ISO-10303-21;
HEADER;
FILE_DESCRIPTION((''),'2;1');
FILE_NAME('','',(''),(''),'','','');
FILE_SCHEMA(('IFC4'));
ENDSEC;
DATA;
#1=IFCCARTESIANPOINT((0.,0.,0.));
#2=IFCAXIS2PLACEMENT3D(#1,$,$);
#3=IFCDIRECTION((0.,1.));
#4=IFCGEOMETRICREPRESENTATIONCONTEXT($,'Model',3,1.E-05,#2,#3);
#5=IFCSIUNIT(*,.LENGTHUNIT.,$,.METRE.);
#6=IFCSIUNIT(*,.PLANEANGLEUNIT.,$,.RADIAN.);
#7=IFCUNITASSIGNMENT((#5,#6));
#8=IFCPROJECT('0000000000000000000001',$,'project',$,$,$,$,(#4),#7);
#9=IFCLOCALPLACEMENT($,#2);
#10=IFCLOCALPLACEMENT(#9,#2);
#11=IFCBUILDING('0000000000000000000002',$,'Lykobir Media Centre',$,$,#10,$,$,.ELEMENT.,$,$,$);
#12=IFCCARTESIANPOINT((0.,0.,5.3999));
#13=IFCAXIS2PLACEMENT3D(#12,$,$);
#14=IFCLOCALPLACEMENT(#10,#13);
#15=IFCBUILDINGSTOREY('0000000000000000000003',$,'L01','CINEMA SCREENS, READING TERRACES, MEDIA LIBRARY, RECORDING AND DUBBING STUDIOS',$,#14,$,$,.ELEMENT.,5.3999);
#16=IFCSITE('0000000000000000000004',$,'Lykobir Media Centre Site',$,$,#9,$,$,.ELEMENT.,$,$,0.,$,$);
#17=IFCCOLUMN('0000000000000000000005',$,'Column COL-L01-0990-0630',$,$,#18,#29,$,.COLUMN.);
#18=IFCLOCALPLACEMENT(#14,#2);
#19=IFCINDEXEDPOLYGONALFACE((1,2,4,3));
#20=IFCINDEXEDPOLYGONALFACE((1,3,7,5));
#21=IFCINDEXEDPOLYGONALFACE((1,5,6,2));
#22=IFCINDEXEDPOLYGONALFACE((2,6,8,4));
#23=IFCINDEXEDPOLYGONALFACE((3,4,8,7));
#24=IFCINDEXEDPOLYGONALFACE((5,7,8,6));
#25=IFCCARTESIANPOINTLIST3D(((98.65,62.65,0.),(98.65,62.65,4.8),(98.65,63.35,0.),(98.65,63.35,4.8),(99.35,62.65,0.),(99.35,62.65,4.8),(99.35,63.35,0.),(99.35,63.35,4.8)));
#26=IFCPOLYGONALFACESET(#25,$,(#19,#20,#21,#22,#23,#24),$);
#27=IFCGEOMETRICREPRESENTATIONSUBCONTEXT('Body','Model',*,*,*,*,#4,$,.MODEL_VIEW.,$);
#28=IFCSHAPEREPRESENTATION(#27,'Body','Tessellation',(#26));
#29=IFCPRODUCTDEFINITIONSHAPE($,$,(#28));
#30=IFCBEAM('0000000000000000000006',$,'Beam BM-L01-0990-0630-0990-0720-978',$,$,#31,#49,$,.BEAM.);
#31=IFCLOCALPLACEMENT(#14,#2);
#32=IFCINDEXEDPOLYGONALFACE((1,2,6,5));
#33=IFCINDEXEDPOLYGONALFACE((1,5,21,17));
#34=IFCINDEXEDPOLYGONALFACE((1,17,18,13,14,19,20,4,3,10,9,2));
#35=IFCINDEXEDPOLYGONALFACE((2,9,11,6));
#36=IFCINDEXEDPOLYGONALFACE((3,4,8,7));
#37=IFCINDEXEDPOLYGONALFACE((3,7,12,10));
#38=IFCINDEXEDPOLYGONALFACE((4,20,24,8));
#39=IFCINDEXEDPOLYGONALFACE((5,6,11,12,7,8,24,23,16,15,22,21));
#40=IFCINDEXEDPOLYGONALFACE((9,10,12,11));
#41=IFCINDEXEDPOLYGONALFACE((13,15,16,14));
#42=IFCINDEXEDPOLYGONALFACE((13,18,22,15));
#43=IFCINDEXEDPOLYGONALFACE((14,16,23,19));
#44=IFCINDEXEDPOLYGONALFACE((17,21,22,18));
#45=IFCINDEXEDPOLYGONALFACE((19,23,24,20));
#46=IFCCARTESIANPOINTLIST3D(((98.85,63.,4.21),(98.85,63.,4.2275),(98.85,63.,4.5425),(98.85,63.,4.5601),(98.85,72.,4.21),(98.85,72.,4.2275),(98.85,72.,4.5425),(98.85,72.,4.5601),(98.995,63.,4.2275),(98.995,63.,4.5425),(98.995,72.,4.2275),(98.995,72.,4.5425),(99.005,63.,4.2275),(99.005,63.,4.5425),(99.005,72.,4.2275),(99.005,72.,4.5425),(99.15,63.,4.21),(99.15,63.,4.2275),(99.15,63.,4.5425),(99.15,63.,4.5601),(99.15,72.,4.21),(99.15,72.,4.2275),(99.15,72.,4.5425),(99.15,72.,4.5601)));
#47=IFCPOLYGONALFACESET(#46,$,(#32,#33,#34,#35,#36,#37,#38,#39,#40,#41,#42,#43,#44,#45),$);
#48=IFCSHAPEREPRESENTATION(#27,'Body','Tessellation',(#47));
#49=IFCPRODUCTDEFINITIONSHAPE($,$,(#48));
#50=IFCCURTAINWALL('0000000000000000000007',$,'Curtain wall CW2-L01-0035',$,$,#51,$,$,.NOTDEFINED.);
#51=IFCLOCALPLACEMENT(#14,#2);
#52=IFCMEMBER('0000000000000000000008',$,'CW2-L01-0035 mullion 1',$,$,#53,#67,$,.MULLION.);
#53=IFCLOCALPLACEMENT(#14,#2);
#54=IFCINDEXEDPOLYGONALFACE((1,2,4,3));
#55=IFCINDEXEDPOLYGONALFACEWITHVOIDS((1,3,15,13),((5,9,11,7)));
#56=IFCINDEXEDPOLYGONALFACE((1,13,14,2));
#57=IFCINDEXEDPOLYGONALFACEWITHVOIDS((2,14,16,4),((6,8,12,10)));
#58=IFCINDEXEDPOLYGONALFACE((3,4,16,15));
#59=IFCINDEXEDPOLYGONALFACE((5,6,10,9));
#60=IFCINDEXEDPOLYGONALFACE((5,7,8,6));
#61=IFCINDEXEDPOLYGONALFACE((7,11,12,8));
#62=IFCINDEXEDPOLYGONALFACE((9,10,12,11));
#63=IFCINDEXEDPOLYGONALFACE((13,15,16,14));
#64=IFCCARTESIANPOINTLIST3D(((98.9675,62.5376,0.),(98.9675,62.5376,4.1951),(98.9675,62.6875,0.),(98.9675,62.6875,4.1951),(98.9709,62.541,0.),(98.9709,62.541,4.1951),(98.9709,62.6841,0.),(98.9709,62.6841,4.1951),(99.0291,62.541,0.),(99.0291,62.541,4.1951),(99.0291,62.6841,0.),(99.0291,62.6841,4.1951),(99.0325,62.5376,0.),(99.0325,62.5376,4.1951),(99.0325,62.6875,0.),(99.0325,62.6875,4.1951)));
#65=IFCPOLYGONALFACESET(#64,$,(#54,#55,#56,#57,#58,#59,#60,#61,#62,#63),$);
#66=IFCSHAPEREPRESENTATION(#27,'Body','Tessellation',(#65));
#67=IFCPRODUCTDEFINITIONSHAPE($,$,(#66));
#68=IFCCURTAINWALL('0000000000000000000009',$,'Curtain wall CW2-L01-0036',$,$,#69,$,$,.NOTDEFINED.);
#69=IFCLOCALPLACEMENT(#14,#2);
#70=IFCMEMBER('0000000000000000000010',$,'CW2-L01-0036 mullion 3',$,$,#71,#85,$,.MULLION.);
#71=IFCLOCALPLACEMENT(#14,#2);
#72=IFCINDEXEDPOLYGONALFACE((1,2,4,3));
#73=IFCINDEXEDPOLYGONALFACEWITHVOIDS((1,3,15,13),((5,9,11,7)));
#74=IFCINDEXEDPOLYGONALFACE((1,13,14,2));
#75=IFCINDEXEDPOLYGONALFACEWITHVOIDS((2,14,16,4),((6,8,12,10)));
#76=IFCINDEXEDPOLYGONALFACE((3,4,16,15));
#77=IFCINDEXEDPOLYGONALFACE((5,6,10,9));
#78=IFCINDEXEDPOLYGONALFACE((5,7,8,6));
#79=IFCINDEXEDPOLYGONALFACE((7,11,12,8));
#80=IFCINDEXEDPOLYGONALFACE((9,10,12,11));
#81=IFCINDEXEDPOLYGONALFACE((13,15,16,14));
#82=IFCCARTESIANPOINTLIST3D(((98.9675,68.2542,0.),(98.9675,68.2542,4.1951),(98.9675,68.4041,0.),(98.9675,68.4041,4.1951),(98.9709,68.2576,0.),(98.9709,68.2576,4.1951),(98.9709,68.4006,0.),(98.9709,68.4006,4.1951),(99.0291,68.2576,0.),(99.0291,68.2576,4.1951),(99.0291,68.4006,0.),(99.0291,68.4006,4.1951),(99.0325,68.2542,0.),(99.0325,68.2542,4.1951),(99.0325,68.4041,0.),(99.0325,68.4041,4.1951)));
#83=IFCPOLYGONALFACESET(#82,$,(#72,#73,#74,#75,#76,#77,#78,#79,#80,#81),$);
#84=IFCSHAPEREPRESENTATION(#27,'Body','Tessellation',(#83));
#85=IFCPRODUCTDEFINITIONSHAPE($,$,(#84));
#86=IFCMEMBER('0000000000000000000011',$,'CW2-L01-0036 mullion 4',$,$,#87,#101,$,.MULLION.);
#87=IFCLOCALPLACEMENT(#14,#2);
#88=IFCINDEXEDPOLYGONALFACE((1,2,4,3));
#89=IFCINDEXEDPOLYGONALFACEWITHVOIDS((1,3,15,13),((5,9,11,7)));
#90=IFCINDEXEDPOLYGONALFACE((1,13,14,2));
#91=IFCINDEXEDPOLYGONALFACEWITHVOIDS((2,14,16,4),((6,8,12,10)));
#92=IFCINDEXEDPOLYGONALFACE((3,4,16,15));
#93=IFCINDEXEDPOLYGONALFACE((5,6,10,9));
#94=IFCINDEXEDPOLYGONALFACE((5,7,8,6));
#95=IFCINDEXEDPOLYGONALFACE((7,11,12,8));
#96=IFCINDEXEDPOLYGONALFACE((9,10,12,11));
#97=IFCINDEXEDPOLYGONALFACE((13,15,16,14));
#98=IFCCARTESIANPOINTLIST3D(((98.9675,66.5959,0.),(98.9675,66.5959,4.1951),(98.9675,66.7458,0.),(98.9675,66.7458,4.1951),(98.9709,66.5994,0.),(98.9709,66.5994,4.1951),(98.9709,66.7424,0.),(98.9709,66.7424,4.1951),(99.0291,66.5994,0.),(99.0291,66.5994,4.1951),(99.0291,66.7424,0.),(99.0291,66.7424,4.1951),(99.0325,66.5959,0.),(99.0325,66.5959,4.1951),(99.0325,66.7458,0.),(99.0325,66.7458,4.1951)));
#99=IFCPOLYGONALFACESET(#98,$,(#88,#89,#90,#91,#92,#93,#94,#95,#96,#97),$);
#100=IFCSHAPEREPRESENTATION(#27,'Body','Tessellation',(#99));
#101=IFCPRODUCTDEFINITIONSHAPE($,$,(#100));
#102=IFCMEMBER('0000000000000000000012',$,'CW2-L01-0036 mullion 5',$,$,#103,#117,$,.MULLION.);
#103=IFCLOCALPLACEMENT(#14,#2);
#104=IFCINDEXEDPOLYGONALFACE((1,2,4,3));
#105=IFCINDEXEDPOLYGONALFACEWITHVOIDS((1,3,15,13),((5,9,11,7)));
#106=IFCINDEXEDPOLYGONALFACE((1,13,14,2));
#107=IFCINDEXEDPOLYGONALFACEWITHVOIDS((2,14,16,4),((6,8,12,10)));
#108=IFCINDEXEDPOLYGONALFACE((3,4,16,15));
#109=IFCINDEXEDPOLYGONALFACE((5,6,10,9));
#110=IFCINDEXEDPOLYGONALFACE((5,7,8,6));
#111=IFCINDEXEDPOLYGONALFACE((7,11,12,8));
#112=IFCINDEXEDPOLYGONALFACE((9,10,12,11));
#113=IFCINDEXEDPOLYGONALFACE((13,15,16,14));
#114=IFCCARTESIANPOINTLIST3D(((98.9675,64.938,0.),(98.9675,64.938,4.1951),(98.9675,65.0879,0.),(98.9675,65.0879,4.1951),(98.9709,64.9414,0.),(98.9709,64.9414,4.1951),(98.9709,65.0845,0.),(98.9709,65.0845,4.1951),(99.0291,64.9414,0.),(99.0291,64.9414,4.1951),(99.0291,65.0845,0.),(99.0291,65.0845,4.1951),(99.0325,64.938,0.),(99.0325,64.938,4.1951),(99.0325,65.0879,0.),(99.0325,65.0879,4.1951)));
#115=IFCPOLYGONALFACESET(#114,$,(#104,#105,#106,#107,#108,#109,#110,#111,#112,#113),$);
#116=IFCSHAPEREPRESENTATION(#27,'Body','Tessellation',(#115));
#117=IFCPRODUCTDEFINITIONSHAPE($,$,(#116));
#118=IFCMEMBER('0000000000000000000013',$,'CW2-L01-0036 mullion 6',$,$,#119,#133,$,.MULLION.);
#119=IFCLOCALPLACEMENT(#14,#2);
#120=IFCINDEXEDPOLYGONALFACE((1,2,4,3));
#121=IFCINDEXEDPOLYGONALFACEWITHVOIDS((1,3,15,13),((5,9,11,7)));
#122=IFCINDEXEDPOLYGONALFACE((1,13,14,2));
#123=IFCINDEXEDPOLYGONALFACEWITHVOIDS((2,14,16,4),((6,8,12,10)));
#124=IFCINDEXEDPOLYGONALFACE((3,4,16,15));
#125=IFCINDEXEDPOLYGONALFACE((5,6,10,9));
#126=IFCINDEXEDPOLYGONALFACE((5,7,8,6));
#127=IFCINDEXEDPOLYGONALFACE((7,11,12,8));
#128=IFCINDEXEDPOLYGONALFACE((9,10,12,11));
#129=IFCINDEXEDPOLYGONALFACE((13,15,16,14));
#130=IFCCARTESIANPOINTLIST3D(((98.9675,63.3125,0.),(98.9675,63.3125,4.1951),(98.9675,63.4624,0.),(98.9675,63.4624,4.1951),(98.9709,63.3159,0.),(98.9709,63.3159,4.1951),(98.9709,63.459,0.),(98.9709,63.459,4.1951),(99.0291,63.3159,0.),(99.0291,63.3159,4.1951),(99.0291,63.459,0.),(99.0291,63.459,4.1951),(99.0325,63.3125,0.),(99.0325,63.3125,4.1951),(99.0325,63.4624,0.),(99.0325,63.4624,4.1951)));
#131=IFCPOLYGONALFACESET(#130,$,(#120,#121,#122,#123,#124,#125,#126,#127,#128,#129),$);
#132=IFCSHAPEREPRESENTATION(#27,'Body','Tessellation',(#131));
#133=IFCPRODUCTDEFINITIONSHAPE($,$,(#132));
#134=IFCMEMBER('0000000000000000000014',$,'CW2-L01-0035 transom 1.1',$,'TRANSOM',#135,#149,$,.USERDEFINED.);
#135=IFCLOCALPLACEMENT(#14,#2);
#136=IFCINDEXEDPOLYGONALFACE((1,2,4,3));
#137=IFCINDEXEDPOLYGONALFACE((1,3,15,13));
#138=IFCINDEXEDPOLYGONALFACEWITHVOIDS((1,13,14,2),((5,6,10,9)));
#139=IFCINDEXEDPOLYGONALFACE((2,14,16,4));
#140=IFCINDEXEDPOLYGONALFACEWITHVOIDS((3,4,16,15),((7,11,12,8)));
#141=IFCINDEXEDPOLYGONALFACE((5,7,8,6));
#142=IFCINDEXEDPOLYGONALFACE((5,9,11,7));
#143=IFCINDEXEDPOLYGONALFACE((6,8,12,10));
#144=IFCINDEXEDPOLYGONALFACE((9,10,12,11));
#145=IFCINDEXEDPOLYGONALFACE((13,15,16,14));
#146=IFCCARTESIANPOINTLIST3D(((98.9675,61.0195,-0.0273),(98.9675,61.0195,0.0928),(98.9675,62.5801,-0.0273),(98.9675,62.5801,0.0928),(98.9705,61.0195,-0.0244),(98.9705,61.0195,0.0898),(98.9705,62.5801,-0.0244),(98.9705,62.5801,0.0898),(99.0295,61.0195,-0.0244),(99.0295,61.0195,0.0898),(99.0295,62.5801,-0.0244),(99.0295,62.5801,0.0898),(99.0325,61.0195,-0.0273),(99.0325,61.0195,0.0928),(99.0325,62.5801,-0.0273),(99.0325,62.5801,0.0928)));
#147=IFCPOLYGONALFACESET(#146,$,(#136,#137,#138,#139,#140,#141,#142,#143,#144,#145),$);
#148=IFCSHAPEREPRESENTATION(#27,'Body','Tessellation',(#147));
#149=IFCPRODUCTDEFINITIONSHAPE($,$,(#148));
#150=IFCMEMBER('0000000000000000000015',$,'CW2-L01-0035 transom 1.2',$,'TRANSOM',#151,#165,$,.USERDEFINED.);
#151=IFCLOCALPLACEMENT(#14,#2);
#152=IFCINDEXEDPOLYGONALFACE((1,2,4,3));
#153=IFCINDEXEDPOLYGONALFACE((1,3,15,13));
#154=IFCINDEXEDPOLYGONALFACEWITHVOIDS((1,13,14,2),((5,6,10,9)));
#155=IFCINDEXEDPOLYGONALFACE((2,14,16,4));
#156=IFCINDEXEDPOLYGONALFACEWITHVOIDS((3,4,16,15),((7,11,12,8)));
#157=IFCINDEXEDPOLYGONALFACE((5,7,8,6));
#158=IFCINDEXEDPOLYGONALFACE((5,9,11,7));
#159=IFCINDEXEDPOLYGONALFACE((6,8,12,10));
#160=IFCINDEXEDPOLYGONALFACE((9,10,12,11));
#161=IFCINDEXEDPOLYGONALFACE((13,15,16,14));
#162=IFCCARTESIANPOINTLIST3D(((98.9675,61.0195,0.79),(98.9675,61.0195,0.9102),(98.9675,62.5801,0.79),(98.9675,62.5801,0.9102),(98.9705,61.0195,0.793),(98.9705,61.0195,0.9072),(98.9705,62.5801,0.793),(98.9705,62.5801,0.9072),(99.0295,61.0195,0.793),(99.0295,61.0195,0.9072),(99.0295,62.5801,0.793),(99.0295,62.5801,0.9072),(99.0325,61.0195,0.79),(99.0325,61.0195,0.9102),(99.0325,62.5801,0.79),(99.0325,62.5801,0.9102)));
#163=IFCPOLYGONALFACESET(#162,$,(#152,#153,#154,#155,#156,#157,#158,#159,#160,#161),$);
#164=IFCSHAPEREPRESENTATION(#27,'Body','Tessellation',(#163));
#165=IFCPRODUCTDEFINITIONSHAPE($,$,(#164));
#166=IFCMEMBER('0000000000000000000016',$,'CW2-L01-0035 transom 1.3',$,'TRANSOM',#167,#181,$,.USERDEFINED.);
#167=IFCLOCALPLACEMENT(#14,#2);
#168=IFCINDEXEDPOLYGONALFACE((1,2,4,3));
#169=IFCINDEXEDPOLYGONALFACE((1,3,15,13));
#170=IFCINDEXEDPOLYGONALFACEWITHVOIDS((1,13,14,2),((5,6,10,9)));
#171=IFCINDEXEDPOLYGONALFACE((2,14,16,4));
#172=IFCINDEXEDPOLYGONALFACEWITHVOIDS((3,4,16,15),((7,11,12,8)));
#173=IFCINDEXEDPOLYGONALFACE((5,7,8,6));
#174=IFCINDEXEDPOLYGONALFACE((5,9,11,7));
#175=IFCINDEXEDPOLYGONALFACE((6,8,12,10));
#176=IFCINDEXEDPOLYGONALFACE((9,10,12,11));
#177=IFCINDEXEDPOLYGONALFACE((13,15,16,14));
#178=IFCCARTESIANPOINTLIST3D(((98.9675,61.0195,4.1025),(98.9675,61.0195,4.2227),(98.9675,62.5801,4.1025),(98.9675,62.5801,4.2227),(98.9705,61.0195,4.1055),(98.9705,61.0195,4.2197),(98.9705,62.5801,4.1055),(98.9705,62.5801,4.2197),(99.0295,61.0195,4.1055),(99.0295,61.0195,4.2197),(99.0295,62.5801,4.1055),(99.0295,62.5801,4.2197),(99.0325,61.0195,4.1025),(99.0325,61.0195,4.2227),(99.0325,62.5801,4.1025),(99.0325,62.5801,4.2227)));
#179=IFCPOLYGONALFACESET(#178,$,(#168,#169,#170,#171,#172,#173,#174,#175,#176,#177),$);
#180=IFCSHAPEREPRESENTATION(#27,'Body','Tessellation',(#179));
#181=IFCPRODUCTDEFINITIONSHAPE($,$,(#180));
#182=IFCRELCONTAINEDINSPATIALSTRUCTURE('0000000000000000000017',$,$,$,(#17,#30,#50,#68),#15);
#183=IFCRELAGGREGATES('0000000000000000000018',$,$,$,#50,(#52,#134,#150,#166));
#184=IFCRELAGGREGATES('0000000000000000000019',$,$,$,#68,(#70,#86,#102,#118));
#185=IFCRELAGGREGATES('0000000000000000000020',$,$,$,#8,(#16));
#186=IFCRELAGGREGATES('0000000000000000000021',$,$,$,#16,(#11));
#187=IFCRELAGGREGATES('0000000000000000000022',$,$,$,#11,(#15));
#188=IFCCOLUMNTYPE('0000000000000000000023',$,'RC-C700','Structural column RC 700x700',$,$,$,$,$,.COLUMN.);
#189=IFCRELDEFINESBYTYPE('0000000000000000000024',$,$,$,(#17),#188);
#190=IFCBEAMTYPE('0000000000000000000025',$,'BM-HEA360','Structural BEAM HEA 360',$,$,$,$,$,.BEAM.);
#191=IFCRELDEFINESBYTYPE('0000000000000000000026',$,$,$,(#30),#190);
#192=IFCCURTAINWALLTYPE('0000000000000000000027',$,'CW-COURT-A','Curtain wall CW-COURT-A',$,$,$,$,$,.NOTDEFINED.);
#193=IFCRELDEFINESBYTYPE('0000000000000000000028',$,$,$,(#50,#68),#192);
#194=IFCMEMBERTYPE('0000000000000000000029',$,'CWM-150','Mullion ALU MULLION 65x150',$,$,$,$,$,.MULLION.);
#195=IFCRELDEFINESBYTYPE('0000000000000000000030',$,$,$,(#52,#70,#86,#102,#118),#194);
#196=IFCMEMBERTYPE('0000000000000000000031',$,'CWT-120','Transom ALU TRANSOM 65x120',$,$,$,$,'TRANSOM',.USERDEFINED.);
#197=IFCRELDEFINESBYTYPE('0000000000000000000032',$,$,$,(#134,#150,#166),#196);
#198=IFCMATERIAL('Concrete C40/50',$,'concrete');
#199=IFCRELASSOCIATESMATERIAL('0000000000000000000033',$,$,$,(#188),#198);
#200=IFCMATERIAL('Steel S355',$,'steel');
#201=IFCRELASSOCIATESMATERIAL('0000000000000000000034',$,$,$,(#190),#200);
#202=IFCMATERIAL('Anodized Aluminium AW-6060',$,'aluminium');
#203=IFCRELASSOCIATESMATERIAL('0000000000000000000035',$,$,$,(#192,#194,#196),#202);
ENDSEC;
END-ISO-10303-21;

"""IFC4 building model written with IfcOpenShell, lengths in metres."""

from ifc_helpers import new_model, si_unit, direction, frame, origin, origin_2d, place, context, subcontext, project, spatial, rectangle, hollow_rectangle, i_section, extrude, material, material_profile, profile_set, type_object, element, aggregate, save


model = new_model("IFC4")

# Units and contexts
model_context = context("Model", 3, precision=1e-05, world=origin(), true_north=direction((0.0, 1.0)))
body_context = subcontext(model_context, "Body", "Model", "MODEL_VIEW")
ifc_project = project(units=[si_unit("LENGTHUNIT", "METRE"), si_unit("PLANEANGLEUNIT", "RADIAN")], contexts=[model_context])

# Site, building, storey
site_placement = place(None, origin())
site = spatial("IfcSite", under=ifc_project, at=site_placement, Name="Lykobir Media Centre Site", CompositionType="ELEMENT", RefElevation=0.0)
building_placement = place(site_placement, origin())
building = spatial("IfcBuilding", under=site, at=building_placement, Name="Lykobir Media Centre", CompositionType="ELEMENT")
storey_placement = place(building_placement, frame((0.0, 0.0, 5.3999)))
storey = spatial("IfcBuildingStorey", under=building, at=storey_placement, Name="L01", Description="CINEMA SCREENS, READING TERRACES, MEDIA LIBRARY, RECORDING AND DUBBING STUDIOS", CompositionType="ELEMENT", Elevation=5.3999)

# Column
ifc_material_1 = material(Name="Concrete C40/50", Category="concrete")
ifc_material_profile_1 = material_profile(ifc_material_1, rectangle(XDim=0.7, YDim=0.7, at=origin_2d()), Name="RC 700x700")
ifc_profile_set_1 = profile_set([ifc_material_profile_1], Name="Concrete C40/50")
column_type = type_object("IfcColumnType", Name="RC-C700", Description="Structural column RC 700x700", PredefinedType="COLUMN", material=ifc_profile_set_1)
column_placement = place(storey_placement, frame((99.0, 63.0, 0.0), z_axis=(0.0, 0.0, 1.0), x_axis=(1.0, 0.0, 0.0)))
element("IfcColumn", 1, at=column_placement, inside=storey, type_object=column_type, Name="Column COL-L01-0990-0630", PredefinedType="COLUMN", context=body_context, shape_type="SweptSolid", body=[
    extrude(rectangle(XDim=0.7, YDim=0.7, at=origin_2d()), origin(), (0.0, 0.0, 1.0), 4.8),
])

# Beam
ifc_material_2 = material(Name="Steel S355", Category="steel")
ifc_material_profile_2 = material_profile(ifc_material_2, i_section(OverallWidth=0.3, OverallDepth=0.3501, WebThickness=0.01, FlangeThickness=0.0176, at=origin_2d()), Name="HEA 360")
ifc_profile_set_2 = profile_set([ifc_material_profile_2], Name="Steel S355")
beam_type_1 = type_object("IfcBeamType", Name="BM-HEA360", Description="Structural BEAM HEA 360", PredefinedType="BEAM", material=ifc_profile_set_2)
beam_placement = place(storey_placement, frame((99.0, 63.0, 4.385), z_axis=(0.0, 1.0, 0.0), x_axis=(-1.0, 0.0, 0.0)))
element("IfcBeam", 2, at=beam_placement, inside=storey, type_object=beam_type_1, Name="Beam BM-L01-0990-0630-0990-0720-978", PredefinedType="BEAM", context=body_context, shape_type="SweptSolid", body=[
    extrude(i_section(OverallWidth=0.3, OverallDepth=0.3501, WebThickness=0.01, FlangeThickness=0.0176, at=origin_2d()), origin(), (0.0, 0.0, 1.0), 9.0),
])

# Curtain wall, member
ifc_material_3 = material(Name="Anodized Aluminium AW-6060", Category="aluminium")
curtain_wall_type = type_object("IfcCurtainWallType", Name="CW-COURT-A", Description="Curtain wall CW-COURT-A", PredefinedType="NOTDEFINED", material=ifc_material_3)
curtain_wall_1_placement = place(storey_placement, origin())
curtain_wall_1 = element("IfcCurtainWall", 3, at=curtain_wall_1_placement, inside=storey, type_object=curtain_wall_type, Name="Curtain wall CW2-L01-0035", PredefinedType="NOTDEFINED")
ifc_material_profile_3 = material_profile(ifc_material_3, hollow_rectangle(XDim=0.0649, YDim=0.1499, WallThickness=0.0034, at=origin_2d()), Name="ALU MULLION 65x150")
ifc_profile_set_3 = profile_set([ifc_material_profile_3], Name="Anodized Aluminium AW-6060")
member_type_1 = type_object("IfcMemberType", Name="CWM-150", Description="Mullion ALU MULLION 65x150", PredefinedType="MULLION", material=ifc_profile_set_3)
member_1_placement = place(storey_placement, frame((99.0, 62.6125, 0.0), z_axis=(0.0, 0.0, 1.0), x_axis=(1.0, 0.0, 0.0)))
member_1 = element("IfcMember", 4, at=member_1_placement, type_object=member_type_1, Name="CW2-L01-0035 mullion 1", PredefinedType="MULLION", context=body_context, shape_type="SweptSolid", body=[
    extrude(hollow_rectangle(XDim=0.0649, YDim=0.1499, WallThickness=0.0034, at=origin_2d()), origin(), (0.0, 0.0, 1.0), 4.1951),
])

# Curtain wall, members
curtain_wall_2_placement = place(storey_placement, origin())
curtain_wall_2 = element("IfcCurtainWall", 5, at=curtain_wall_2_placement, inside=storey, type_object=curtain_wall_type, Name="Curtain wall CW2-L01-0036", PredefinedType="NOTDEFINED")
member_2_placement = place(storey_placement, frame((99.0, 68.3291, 0.0), z_axis=(0.0, 0.0, 1.0), x_axis=(1.0, 0.0, 0.0)))
member_2 = element("IfcMember", 6, at=member_2_placement, type_object=member_type_1, Name="CW2-L01-0036 mullion 3", PredefinedType="MULLION", context=body_context, shape_type="SweptSolid", body=[
    extrude(hollow_rectangle(XDim=0.0649, YDim=0.1499, WallThickness=0.0034, at=origin_2d()), origin(), (0.0, 0.0, 1.0), 4.1951),
])
member_3_placement = place(storey_placement, frame((99.0, 66.6709, 0.0), z_axis=(0.0, 0.0, 1.0), x_axis=(1.0, 0.0, 0.0)))
member_3 = element("IfcMember", 7, at=member_3_placement, type_object=member_type_1, Name="CW2-L01-0036 mullion 4", PredefinedType="MULLION", context=body_context, shape_type="SweptSolid", body=[
    extrude(hollow_rectangle(XDim=0.0649, YDim=0.1499, WallThickness=0.0034, at=origin_2d()), origin(), (0.0, 0.0, 1.0), 4.1951),
])
member_4_placement = place(storey_placement, frame((99.0, 65.0129, 0.0), z_axis=(0.0, 0.0, 1.0), x_axis=(1.0, 0.0, 0.0)))
member_4 = element("IfcMember", 8, at=member_4_placement, type_object=member_type_1, Name="CW2-L01-0036 mullion 5", PredefinedType="MULLION", context=body_context, shape_type="SweptSolid", body=[
    extrude(hollow_rectangle(XDim=0.0649, YDim=0.1499, WallThickness=0.0034, at=origin_2d()), origin(), (0.0, 0.0, 1.0), 4.1951),
])
member_5_placement = place(storey_placement, frame((99.0, 63.3875, 0.0), z_axis=(0.0, 0.0, 1.0), x_axis=(1.0, 0.0, 0.0)))
member_5 = element("IfcMember", 9, at=member_5_placement, type_object=member_type_1, Name="CW2-L01-0036 mullion 6", PredefinedType="MULLION", context=body_context, shape_type="SweptSolid", body=[
    extrude(hollow_rectangle(XDim=0.0649, YDim=0.1499, WallThickness=0.0034, at=origin_2d()), origin(), (0.0, 0.0, 1.0), 4.1951),
])

# Members
ifc_material_profile_4 = material_profile(ifc_material_3, hollow_rectangle(XDim=0.0649, YDim=0.1201, WallThickness=0.0029, at=origin_2d()), Name="ALU TRANSOM 65x120")
ifc_profile_set_4 = profile_set([ifc_material_profile_4], Name="Anodized Aluminium AW-6060")
member_type_2 = type_object("IfcMemberType", Name="CWT-120", Description="Transom ALU TRANSOM 65x120", ElementType="TRANSOM", PredefinedType="USERDEFINED", material=ifc_profile_set_4)
member_6_placement = place(storey_placement, frame((99.0, 62.5801, 0.0327), z_axis=(0.0, -1.0, 0.0), x_axis=(1.0, 0.0, 0.0)))
member_6 = element("IfcMember", 10, at=member_6_placement, type_object=member_type_2, Name="CW2-L01-0035 transom 1.1", ObjectType="TRANSOM", PredefinedType="USERDEFINED", context=body_context, shape_type="SweptSolid", body=[
    extrude(hollow_rectangle(XDim=0.0649, YDim=0.1201, WallThickness=0.0029, at=origin_2d()), origin(), (0.0, 0.0, 1.0), 1.5605),
])
member_7_placement = place(storey_placement, frame((99.0, 62.5801, 0.8501), z_axis=(0.0, -1.0, 0.0), x_axis=(1.0, 0.0, 0.0)))
member_7 = element("IfcMember", 11, at=member_7_placement, type_object=member_type_2, Name="CW2-L01-0035 transom 1.2", ObjectType="TRANSOM", PredefinedType="USERDEFINED", context=body_context, shape_type="SweptSolid", body=[
    extrude(hollow_rectangle(XDim=0.0649, YDim=0.1201, WallThickness=0.0029, at=origin_2d()), origin(), (0.0, 0.0, 1.0), 1.5605),
])
member_8_placement = place(storey_placement, frame((99.0, 62.5801, 4.1626), z_axis=(0.0, -1.0, 0.0), x_axis=(1.0, 0.0, 0.0)))
member_8 = element("IfcMember", 12, at=member_8_placement, type_object=member_type_2, Name="CW2-L01-0035 transom 1.3", ObjectType="TRANSOM", PredefinedType="USERDEFINED", context=body_context, shape_type="SweptSolid", body=[
    extrude(hollow_rectangle(XDim=0.0649, YDim=0.1201, WallThickness=0.0029, at=origin_2d()), origin(), (0.0, 0.0, 1.0), 1.5605),
])
aggregate(curtain_wall_1, [member_1, member_6, member_7, member_8])

aggregate(curtain_wall_2, [member_2, member_3, member_4, member_5])

save(model, "model.ifc")
